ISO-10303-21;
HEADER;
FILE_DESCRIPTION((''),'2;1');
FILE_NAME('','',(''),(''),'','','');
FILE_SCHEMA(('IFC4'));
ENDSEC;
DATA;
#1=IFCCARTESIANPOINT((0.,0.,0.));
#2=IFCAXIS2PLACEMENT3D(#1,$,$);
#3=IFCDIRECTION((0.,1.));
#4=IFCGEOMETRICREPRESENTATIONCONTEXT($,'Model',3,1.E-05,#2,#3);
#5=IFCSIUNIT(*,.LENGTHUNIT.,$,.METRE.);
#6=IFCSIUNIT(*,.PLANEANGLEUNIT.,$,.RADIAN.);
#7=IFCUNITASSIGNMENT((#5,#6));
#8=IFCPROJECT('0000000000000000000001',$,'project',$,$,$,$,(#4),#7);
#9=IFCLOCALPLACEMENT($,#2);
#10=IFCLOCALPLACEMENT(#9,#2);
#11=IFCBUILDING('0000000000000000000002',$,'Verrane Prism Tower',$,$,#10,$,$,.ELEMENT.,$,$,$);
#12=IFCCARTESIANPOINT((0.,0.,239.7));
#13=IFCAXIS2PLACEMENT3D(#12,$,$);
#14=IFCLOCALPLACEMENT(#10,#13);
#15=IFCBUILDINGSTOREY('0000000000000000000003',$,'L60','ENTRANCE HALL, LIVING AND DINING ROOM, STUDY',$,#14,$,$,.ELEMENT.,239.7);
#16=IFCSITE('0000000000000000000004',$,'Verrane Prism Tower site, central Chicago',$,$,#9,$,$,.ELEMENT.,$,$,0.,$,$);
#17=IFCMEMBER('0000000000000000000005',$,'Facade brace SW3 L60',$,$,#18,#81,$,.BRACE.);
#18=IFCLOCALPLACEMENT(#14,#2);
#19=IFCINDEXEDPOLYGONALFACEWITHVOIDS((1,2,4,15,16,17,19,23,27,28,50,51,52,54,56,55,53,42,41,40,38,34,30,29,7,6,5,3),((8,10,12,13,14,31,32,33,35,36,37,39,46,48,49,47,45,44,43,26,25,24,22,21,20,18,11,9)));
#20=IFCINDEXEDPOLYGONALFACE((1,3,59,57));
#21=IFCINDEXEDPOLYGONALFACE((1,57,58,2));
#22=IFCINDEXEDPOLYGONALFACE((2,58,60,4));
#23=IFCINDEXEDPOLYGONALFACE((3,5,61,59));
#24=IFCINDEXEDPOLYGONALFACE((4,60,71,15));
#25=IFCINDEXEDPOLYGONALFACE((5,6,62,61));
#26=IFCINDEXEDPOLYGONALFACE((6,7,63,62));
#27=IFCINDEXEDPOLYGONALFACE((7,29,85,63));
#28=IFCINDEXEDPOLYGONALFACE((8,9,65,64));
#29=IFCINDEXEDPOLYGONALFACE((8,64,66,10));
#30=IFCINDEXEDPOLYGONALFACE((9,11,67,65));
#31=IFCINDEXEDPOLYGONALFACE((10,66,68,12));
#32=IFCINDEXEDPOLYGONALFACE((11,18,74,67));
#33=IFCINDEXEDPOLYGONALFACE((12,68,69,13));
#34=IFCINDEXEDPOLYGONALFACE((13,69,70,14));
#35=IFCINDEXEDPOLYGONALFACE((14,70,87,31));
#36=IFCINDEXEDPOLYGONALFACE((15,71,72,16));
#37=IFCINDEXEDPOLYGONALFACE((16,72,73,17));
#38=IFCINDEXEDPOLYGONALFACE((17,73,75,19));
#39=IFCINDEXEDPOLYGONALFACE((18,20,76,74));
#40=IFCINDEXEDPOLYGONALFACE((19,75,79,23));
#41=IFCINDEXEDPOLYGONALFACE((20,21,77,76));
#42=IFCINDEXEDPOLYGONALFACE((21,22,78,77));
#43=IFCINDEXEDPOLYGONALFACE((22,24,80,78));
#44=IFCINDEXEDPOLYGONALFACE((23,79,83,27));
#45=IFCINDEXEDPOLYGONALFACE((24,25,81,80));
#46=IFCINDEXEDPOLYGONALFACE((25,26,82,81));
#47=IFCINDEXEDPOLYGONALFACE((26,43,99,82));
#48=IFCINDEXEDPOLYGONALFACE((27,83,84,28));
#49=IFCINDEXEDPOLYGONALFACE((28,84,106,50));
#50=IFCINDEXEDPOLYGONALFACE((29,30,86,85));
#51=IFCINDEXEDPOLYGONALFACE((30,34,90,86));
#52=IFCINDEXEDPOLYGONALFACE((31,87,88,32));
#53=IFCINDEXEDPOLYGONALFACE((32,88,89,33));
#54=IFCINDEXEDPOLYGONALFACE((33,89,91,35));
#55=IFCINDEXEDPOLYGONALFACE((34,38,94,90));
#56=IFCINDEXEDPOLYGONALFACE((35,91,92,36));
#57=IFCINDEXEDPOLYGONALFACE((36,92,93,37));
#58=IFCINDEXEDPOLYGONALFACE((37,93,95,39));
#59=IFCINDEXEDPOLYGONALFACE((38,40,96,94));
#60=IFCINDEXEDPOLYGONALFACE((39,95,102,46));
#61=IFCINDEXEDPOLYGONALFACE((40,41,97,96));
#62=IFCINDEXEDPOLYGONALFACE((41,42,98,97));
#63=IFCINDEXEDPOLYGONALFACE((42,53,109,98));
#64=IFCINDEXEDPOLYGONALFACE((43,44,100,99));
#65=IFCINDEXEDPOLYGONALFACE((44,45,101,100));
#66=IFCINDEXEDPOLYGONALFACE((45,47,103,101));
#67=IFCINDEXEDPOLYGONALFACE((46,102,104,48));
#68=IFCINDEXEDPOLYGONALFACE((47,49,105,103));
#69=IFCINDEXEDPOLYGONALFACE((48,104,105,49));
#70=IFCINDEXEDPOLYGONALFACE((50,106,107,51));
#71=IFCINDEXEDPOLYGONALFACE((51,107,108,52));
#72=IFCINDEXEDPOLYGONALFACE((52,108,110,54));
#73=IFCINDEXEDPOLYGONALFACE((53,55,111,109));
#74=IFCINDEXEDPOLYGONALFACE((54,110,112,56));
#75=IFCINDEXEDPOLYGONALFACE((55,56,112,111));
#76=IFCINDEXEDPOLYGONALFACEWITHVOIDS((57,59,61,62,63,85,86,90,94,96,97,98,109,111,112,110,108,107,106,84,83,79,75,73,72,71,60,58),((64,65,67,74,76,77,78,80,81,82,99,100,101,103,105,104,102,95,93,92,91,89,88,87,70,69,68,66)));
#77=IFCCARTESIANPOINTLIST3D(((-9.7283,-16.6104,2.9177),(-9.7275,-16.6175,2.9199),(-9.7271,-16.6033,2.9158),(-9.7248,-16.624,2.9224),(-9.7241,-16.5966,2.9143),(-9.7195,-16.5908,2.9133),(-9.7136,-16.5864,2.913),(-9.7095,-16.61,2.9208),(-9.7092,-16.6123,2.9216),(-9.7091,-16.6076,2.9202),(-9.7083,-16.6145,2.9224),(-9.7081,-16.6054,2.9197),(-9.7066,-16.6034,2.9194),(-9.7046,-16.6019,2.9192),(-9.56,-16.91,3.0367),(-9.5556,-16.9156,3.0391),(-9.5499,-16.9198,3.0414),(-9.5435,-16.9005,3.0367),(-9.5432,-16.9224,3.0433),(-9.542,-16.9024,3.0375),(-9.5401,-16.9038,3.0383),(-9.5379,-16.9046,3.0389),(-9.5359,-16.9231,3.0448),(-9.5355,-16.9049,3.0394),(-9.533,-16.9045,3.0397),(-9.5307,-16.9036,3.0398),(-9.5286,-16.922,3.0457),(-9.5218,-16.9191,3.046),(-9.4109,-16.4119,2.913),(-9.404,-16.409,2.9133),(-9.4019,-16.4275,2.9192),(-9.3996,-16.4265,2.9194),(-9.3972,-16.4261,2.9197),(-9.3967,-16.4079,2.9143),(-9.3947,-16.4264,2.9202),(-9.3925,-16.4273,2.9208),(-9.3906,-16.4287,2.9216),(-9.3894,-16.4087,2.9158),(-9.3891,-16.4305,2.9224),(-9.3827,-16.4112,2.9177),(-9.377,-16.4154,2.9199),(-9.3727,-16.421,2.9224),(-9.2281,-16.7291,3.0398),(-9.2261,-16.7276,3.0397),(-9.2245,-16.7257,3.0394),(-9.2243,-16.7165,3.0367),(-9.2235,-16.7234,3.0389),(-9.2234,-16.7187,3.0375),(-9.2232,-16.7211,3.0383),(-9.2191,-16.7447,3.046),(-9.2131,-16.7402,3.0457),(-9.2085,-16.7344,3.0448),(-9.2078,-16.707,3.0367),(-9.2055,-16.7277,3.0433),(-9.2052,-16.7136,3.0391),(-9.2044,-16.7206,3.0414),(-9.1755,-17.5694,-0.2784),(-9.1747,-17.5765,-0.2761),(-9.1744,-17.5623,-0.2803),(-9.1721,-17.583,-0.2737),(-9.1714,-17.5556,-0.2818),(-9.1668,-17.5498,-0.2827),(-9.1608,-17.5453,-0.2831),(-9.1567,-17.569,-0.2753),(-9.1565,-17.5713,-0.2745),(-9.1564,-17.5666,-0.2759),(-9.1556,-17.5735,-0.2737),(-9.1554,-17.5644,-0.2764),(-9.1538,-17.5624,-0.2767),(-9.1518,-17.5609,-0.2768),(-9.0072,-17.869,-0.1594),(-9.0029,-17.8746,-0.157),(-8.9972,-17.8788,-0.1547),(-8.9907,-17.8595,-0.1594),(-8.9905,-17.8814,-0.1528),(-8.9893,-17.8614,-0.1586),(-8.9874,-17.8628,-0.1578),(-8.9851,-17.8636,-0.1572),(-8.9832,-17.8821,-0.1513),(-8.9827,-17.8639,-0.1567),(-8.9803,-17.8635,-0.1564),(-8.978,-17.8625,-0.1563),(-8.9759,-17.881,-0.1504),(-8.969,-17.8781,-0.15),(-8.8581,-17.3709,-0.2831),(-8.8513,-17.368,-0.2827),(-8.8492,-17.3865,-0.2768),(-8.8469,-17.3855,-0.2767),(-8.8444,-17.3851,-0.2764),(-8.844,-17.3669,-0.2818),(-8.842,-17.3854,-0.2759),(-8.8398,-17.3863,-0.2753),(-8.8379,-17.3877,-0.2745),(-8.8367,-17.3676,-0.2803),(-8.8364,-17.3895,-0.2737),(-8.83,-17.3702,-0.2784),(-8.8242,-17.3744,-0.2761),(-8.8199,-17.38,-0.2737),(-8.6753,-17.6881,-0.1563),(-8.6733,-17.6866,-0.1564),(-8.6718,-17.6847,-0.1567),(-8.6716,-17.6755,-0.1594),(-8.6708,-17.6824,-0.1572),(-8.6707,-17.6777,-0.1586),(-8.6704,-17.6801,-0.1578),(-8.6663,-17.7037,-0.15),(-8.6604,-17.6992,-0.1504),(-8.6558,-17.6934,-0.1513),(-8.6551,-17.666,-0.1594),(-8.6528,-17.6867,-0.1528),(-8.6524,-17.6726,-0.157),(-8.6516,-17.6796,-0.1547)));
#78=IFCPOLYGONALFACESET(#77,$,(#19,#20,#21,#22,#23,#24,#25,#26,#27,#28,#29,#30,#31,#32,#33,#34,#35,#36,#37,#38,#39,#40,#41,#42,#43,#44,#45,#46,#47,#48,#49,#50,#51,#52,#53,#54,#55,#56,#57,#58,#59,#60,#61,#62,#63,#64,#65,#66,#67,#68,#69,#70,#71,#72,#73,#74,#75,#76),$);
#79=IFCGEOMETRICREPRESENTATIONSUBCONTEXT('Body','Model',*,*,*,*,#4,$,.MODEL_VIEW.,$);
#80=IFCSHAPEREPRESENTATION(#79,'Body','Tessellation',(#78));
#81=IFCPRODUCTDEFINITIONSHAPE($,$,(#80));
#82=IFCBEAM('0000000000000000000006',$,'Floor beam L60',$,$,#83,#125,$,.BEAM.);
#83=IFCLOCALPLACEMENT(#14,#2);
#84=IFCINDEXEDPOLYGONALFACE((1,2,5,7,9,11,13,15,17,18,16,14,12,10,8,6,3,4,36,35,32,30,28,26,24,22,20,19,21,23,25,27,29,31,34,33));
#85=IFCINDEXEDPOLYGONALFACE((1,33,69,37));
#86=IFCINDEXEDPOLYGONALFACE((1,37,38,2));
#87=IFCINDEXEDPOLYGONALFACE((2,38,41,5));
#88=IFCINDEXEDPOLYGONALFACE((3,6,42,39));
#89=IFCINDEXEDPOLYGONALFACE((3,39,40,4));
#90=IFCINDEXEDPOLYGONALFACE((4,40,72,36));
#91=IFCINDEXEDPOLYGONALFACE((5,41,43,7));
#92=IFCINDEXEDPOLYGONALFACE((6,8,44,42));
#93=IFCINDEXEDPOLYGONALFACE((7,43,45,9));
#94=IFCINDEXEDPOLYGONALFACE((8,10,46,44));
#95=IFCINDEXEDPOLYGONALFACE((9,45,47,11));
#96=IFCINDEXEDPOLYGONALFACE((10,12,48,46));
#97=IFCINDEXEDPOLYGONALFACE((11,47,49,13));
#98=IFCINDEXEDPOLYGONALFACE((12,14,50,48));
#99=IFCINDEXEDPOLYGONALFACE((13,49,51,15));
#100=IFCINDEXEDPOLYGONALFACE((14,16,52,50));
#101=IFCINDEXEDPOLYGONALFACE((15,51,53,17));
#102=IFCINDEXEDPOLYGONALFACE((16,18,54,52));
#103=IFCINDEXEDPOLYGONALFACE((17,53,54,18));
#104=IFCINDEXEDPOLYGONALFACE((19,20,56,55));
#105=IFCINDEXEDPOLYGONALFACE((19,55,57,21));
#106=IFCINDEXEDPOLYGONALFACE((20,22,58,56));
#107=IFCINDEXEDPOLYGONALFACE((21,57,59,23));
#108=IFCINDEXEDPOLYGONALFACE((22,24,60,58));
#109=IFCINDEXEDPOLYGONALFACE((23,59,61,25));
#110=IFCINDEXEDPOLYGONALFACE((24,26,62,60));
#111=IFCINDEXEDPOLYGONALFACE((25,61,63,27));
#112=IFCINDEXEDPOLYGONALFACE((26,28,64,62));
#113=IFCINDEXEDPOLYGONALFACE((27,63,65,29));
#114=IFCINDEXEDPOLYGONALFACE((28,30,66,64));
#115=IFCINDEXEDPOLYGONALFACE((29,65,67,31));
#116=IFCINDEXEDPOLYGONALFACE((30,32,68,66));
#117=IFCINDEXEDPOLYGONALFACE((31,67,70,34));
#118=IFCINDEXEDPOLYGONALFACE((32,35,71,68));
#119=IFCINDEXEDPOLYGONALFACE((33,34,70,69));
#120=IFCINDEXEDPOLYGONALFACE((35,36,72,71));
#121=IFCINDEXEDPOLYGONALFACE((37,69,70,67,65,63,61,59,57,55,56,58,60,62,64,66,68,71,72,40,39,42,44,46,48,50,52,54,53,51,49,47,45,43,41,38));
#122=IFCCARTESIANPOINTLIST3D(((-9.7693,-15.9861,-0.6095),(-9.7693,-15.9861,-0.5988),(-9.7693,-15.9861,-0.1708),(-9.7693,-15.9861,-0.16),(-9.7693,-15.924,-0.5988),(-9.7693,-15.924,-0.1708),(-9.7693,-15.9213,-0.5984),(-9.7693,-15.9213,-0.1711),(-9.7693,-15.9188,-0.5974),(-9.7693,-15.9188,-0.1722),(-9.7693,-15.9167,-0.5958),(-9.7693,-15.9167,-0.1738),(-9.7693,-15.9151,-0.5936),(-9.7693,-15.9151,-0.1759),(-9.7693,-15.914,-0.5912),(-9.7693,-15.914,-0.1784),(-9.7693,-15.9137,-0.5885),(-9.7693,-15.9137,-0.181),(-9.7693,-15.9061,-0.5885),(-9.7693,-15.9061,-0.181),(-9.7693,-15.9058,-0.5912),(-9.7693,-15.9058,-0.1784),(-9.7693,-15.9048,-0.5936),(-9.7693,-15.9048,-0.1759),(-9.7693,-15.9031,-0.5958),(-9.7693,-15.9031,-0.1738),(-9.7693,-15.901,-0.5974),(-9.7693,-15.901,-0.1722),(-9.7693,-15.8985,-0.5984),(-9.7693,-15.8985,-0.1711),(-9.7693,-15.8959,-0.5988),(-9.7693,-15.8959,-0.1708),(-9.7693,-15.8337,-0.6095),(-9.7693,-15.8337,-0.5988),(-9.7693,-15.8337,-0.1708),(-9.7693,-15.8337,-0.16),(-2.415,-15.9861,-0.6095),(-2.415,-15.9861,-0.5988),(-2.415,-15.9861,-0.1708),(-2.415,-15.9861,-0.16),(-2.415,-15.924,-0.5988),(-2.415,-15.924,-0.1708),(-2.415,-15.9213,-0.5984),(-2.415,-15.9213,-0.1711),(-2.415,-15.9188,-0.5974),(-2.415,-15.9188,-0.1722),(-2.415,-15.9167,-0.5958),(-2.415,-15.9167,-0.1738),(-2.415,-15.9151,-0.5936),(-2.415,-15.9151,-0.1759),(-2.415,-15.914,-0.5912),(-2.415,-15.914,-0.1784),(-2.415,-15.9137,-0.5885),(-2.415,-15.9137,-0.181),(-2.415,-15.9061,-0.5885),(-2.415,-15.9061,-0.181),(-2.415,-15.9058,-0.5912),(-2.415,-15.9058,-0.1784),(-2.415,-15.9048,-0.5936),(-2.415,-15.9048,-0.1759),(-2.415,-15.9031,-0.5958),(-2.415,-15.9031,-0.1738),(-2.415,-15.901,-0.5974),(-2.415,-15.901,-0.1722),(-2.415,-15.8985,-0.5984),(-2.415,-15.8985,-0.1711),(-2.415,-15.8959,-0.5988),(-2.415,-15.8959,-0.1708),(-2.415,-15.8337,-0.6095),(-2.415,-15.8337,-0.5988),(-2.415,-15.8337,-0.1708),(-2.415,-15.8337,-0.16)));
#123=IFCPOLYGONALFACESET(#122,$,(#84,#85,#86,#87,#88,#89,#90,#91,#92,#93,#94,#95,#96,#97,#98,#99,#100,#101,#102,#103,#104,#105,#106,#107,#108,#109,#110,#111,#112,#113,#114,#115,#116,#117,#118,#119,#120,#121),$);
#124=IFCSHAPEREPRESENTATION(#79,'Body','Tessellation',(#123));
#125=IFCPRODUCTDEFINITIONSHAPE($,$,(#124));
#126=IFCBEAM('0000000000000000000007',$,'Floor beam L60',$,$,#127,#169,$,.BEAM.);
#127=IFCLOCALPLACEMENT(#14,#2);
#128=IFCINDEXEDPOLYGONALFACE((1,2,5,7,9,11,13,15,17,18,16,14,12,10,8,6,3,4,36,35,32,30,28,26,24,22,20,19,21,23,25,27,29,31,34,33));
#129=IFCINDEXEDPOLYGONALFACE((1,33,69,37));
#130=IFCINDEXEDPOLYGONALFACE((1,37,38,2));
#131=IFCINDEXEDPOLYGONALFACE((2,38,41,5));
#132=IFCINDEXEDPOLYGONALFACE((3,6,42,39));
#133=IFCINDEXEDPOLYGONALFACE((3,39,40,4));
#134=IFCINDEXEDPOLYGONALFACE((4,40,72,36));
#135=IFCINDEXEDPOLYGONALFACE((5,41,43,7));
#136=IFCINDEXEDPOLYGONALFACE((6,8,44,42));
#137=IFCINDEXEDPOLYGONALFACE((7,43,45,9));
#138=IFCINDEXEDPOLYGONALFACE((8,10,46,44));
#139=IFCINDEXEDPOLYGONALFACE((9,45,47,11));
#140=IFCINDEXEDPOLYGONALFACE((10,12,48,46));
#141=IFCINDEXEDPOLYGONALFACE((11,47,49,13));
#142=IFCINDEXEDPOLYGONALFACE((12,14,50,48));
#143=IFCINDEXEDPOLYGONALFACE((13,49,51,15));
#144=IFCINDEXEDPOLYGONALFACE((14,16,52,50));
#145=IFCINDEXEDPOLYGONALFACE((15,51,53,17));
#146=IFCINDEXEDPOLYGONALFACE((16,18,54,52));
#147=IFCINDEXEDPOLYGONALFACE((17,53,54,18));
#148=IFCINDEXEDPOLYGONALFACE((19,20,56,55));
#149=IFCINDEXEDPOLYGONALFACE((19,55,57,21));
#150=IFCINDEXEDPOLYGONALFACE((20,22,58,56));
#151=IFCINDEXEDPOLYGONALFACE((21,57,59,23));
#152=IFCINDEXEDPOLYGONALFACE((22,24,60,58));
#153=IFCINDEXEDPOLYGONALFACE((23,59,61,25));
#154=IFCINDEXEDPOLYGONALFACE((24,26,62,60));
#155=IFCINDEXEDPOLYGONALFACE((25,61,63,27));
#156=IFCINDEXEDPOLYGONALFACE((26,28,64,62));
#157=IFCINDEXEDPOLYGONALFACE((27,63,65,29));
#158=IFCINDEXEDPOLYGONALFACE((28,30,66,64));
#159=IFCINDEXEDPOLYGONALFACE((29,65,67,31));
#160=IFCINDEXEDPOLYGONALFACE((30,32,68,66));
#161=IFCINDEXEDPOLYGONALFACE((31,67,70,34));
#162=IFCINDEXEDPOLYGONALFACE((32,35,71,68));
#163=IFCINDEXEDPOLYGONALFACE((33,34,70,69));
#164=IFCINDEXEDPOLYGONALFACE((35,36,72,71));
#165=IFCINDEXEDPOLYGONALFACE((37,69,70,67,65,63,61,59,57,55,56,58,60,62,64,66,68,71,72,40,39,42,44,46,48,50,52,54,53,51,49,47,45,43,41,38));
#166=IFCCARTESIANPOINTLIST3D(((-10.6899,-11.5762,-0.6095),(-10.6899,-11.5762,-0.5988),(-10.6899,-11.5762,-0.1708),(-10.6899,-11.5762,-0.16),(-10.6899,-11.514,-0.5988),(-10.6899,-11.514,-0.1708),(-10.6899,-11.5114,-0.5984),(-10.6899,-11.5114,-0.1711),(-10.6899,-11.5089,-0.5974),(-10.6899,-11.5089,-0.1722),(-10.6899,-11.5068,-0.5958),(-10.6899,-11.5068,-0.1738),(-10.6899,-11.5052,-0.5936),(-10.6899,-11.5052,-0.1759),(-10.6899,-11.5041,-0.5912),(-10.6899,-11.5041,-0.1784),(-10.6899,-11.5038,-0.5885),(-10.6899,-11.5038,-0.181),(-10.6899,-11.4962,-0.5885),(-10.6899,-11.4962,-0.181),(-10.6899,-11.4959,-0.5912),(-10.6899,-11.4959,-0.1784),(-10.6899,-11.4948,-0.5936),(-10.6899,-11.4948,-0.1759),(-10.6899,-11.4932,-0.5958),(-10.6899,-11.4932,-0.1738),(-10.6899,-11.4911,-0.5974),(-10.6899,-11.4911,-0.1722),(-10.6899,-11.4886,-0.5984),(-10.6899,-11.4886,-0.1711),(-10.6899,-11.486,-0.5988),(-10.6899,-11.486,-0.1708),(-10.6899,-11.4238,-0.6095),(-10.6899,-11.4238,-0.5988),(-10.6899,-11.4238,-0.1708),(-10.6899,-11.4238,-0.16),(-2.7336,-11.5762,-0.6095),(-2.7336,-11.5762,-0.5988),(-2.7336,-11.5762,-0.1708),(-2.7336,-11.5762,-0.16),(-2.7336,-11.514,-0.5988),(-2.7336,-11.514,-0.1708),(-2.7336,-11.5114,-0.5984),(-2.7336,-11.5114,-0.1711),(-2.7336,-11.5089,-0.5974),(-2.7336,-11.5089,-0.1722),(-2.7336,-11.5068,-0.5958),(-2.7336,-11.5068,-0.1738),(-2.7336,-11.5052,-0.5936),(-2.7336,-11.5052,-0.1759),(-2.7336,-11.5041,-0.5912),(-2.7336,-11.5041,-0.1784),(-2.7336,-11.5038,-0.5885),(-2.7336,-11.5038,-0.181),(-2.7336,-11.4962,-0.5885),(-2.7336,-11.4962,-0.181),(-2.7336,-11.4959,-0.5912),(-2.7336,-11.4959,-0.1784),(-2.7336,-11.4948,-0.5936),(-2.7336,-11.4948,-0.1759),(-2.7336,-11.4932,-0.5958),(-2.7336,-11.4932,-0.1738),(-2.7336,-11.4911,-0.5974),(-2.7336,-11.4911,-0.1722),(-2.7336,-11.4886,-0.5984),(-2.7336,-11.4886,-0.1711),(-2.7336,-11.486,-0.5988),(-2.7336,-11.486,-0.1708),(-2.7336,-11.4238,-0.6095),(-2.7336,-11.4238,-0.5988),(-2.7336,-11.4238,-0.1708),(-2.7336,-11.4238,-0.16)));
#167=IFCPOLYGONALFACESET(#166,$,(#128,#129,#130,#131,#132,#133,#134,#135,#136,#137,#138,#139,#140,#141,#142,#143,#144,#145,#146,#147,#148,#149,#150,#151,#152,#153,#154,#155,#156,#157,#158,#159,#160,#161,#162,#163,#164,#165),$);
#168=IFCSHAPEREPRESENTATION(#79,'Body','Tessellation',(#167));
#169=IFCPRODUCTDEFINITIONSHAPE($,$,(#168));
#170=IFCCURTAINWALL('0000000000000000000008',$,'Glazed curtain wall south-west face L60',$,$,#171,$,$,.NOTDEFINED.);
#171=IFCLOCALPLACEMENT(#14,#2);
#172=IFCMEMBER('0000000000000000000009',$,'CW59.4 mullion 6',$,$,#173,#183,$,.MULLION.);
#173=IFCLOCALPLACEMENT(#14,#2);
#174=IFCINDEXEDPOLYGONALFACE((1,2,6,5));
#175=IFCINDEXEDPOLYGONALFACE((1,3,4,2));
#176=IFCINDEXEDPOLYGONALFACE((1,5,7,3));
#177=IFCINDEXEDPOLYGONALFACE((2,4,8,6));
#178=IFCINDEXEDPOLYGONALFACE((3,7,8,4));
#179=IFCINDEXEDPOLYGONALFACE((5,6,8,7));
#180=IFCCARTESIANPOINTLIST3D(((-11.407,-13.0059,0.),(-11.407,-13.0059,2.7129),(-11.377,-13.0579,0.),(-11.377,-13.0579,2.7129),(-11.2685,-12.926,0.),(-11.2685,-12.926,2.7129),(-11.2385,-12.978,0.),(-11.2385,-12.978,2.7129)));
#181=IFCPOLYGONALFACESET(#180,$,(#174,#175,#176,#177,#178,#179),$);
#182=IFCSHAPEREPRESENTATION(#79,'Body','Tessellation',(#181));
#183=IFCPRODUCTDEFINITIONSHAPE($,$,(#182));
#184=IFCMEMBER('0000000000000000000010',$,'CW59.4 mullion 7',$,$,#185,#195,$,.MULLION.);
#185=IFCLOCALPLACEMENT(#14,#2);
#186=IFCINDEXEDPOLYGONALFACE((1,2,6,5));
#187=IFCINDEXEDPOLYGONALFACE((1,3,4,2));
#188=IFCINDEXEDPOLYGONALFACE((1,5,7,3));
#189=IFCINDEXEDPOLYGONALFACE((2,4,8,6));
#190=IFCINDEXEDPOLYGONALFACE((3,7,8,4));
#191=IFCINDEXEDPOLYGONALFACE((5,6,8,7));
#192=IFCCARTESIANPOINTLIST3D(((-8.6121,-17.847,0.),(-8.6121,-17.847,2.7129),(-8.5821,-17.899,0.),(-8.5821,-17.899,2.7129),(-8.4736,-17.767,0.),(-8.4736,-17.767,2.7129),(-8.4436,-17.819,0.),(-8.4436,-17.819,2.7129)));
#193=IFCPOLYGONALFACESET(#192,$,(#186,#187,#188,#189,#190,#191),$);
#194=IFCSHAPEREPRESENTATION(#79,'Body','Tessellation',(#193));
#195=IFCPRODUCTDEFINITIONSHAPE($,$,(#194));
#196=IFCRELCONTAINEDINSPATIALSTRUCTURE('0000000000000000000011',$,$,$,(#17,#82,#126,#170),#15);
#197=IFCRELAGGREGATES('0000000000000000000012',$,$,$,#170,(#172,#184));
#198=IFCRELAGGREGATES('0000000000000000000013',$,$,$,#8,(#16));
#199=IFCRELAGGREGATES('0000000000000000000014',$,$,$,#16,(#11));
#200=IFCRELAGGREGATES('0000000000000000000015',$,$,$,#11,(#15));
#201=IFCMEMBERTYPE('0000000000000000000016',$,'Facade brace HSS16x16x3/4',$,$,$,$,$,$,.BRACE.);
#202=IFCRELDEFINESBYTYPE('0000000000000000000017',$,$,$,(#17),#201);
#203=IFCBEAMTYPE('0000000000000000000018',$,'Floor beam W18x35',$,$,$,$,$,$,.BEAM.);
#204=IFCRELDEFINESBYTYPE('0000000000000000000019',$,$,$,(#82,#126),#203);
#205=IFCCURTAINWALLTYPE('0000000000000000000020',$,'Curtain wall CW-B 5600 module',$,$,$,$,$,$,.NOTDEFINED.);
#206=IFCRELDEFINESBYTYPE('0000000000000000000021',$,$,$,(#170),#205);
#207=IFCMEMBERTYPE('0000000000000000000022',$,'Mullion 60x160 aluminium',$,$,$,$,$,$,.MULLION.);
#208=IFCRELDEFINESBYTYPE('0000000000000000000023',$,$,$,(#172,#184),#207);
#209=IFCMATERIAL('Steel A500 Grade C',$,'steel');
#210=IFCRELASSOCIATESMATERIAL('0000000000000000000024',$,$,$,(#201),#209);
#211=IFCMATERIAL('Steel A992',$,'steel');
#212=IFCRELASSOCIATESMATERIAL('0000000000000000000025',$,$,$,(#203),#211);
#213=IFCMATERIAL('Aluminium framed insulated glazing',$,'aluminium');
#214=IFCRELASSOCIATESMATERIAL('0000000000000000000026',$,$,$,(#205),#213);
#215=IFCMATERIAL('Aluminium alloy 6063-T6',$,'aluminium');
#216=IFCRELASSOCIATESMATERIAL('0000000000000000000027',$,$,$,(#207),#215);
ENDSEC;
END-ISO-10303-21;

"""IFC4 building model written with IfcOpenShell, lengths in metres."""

from ifc_helpers import new_model, si_unit, direction, frame, origin, origin_2d, place, context, subcontext, project, spatial, rectangle, hollow_rectangle, i_section, extrude, material, material_profile, profile_set, type_object, element, aggregate, save


model = new_model("IFC4")

# Units and contexts
model_context = context("Model", 3, precision=1e-05, world=origin(), true_north=direction((0.0, 1.0)))
body_context = subcontext(model_context, "Body", "Model", "MODEL_VIEW")
ifc_project = project(units=[si_unit("LENGTHUNIT", "METRE"), si_unit("PLANEANGLEUNIT", "RADIAN")], contexts=[model_context])

# Site, building, storey
site_placement = place(None, origin())
site = spatial("IfcSite", under=ifc_project, at=site_placement, Name="Verrane Prism Tower site, central Chicago", CompositionType="ELEMENT", RefElevation=0.0)
building_placement = place(site_placement, origin())
building = spatial("IfcBuilding", under=site, at=building_placement, Name="Verrane Prism Tower", CompositionType="ELEMENT")
storey_placement = place(building_placement, frame((0.0, 0.0, 239.7)))
storey = spatial("IfcBuildingStorey", under=building, at=storey_placement, Name="L60", Description="ENTRANCE HALL, LIVING AND DINING ROOM, STUDY", CompositionType="ELEMENT", Elevation=239.7)

# Member
ifc_material_1 = material(Name="Steel A500 Grade C", Category="steel")
ifc_material_profile_1 = material_profile(ifc_material_1, hollow_rectangle(XDim=0.4065, YDim=0.4065, WallThickness=0.019, InnerFilletRadius=0.0095, OuterFilletRadius=0.0286, at=origin_2d()), Name="HSS16x16x3/4")
ifc_profile_set_1 = profile_set([ifc_material_profile_1], Name="Steel A500 Grade C")
member_type_1 = type_object("IfcMemberType", Name="Facade brace HSS16x16x3/4", PredefinedType="BRACE", material=ifc_profile_set_1)
member_1_placement = place(storey_placement, frame((-8.9136, -17.6245, -0.2166), z_axis=(-0.16342, 0.283531, 0.944936), x_axis=(-0.866391, -0.499366, 0.0)))
element("IfcMember", 1, at=member_1_placement, inside=storey, type_object=member_type_1, Name="Facade brace SW3 L60", PredefinedType="BRACE", context=body_context, shape_type="SweptSolid", body=[
    extrude(hollow_rectangle(XDim=0.4065, YDim=0.4065, WallThickness=0.019, InnerFilletRadius=0.0095, OuterFilletRadius=0.0286, at=origin_2d()), origin(), (0.0, 0.0, 1.0), 3.3823),
])

# Beams
ifc_material_2 = material(Name="Steel A992", Category="steel")
ifc_material_profile_2 = material_profile(ifc_material_2, i_section(OverallWidth=0.1523, OverallDepth=0.4495, WebThickness=0.0076, FlangeThickness=0.0107, FilletRadius=0.0103, at=origin_2d()), Name="W18x35")
ifc_profile_set_2 = profile_set([ifc_material_profile_2], Name="Steel A992")
beam_type_1 = type_object("IfcBeamType", Name="Floor beam W18x35", PredefinedType="BEAM", material=ifc_profile_set_2)
beam_1_placement = place(storey_placement, frame((-9.7693, -15.9099, -0.3848), z_axis=(1.0, 0.0, 0.0), x_axis=(0.0, 1.0, 0.0)))
element("IfcBeam", 2, at=beam_1_placement, inside=storey, type_object=beam_type_1, Name="Floor beam L60", PredefinedType="BEAM", context=body_context, shape_type="SweptSolid", body=[
    extrude(i_section(OverallWidth=0.1523, OverallDepth=0.4495, WebThickness=0.0076, FlangeThickness=0.0107, FilletRadius=0.0103, at=origin_2d()), origin(), (0.0, 0.0, 1.0), 7.3542),
])
beam_2_placement = place(storey_placement, frame((-10.6899, -11.5, -0.3848), z_axis=(1.0, 0.0, 0.0), x_axis=(0.0, 1.0, 0.0)))
element("IfcBeam", 3, at=beam_2_placement, inside=storey, type_object=beam_type_1, Name="Floor beam L60", PredefinedType="BEAM", context=body_context, shape_type="SweptSolid", body=[
    extrude(i_section(OverallWidth=0.1523, OverallDepth=0.4495, WebThickness=0.0076, FlangeThickness=0.0107, FilletRadius=0.0103, at=origin_2d()), origin(), (0.0, 0.0, 1.0), 7.9563),
])

# Curtain wall, members
ifc_material_3 = material(Name="Aluminium framed insulated glazing", Category="aluminium")
curtain_wall_type = type_object("IfcCurtainWallType", Name="Curtain wall CW-B 5600 module", PredefinedType="NOTDEFINED", material=ifc_material_3)
curtain_wall_placement = place(storey_placement, origin())
curtain_wall = element("IfcCurtainWall", 4, at=curtain_wall_placement, inside=storey, type_object=curtain_wall_type, Name="Glazed curtain wall south-west face L60", PredefinedType="NOTDEFINED")
ifc_material_4 = material(Name="Aluminium alloy 6063-T6", Category="aluminium")
ifc_material_profile_3 = material_profile(ifc_material_4, rectangle(XDim=0.1599, YDim=0.0601, at=origin_2d()), Name="Mullion 60x160 aluminium")
ifc_profile_set_3 = profile_set([ifc_material_profile_3], Name="Aluminium alloy 6063-T6")
member_type_2 = type_object("IfcMemberType", Name="Mullion 60x160 aluminium", PredefinedType="MULLION", material=ifc_profile_set_3)
member_2_placement = place(storey_placement, frame((-11.3228, -12.9919, 0.0), z_axis=(0.0, 0.0, 1.0), x_axis=(0.866026, 0.499999, 0.0)))
member_2 = element("IfcMember", 5, at=member_2_placement, type_object=member_type_2, Name="CW59.4 mullion 6", PredefinedType="MULLION", context=body_context, shape_type="SweptSolid", body=[
    extrude(rectangle(XDim=0.1599, YDim=0.0601, at=origin_2d()), origin(), (0.0, 0.0, 1.0), 2.7129),
])
member_3_placement = place(storey_placement, frame((-8.5278, -17.833, 0.0), z_axis=(0.0, 0.0, 1.0), x_axis=(0.866026, 0.499999, 0.0)))
member_3 = element("IfcMember", 6, at=member_3_placement, type_object=member_type_2, Name="CW59.4 mullion 7", PredefinedType="MULLION", context=body_context, shape_type="SweptSolid", body=[
    extrude(rectangle(XDim=0.1599, YDim=0.0601, at=origin_2d()), origin(), (0.0, 0.0, 1.0), 2.7129),
])

aggregate(curtain_wall, [member_2, member_3])

save(model, "model.ifc")
